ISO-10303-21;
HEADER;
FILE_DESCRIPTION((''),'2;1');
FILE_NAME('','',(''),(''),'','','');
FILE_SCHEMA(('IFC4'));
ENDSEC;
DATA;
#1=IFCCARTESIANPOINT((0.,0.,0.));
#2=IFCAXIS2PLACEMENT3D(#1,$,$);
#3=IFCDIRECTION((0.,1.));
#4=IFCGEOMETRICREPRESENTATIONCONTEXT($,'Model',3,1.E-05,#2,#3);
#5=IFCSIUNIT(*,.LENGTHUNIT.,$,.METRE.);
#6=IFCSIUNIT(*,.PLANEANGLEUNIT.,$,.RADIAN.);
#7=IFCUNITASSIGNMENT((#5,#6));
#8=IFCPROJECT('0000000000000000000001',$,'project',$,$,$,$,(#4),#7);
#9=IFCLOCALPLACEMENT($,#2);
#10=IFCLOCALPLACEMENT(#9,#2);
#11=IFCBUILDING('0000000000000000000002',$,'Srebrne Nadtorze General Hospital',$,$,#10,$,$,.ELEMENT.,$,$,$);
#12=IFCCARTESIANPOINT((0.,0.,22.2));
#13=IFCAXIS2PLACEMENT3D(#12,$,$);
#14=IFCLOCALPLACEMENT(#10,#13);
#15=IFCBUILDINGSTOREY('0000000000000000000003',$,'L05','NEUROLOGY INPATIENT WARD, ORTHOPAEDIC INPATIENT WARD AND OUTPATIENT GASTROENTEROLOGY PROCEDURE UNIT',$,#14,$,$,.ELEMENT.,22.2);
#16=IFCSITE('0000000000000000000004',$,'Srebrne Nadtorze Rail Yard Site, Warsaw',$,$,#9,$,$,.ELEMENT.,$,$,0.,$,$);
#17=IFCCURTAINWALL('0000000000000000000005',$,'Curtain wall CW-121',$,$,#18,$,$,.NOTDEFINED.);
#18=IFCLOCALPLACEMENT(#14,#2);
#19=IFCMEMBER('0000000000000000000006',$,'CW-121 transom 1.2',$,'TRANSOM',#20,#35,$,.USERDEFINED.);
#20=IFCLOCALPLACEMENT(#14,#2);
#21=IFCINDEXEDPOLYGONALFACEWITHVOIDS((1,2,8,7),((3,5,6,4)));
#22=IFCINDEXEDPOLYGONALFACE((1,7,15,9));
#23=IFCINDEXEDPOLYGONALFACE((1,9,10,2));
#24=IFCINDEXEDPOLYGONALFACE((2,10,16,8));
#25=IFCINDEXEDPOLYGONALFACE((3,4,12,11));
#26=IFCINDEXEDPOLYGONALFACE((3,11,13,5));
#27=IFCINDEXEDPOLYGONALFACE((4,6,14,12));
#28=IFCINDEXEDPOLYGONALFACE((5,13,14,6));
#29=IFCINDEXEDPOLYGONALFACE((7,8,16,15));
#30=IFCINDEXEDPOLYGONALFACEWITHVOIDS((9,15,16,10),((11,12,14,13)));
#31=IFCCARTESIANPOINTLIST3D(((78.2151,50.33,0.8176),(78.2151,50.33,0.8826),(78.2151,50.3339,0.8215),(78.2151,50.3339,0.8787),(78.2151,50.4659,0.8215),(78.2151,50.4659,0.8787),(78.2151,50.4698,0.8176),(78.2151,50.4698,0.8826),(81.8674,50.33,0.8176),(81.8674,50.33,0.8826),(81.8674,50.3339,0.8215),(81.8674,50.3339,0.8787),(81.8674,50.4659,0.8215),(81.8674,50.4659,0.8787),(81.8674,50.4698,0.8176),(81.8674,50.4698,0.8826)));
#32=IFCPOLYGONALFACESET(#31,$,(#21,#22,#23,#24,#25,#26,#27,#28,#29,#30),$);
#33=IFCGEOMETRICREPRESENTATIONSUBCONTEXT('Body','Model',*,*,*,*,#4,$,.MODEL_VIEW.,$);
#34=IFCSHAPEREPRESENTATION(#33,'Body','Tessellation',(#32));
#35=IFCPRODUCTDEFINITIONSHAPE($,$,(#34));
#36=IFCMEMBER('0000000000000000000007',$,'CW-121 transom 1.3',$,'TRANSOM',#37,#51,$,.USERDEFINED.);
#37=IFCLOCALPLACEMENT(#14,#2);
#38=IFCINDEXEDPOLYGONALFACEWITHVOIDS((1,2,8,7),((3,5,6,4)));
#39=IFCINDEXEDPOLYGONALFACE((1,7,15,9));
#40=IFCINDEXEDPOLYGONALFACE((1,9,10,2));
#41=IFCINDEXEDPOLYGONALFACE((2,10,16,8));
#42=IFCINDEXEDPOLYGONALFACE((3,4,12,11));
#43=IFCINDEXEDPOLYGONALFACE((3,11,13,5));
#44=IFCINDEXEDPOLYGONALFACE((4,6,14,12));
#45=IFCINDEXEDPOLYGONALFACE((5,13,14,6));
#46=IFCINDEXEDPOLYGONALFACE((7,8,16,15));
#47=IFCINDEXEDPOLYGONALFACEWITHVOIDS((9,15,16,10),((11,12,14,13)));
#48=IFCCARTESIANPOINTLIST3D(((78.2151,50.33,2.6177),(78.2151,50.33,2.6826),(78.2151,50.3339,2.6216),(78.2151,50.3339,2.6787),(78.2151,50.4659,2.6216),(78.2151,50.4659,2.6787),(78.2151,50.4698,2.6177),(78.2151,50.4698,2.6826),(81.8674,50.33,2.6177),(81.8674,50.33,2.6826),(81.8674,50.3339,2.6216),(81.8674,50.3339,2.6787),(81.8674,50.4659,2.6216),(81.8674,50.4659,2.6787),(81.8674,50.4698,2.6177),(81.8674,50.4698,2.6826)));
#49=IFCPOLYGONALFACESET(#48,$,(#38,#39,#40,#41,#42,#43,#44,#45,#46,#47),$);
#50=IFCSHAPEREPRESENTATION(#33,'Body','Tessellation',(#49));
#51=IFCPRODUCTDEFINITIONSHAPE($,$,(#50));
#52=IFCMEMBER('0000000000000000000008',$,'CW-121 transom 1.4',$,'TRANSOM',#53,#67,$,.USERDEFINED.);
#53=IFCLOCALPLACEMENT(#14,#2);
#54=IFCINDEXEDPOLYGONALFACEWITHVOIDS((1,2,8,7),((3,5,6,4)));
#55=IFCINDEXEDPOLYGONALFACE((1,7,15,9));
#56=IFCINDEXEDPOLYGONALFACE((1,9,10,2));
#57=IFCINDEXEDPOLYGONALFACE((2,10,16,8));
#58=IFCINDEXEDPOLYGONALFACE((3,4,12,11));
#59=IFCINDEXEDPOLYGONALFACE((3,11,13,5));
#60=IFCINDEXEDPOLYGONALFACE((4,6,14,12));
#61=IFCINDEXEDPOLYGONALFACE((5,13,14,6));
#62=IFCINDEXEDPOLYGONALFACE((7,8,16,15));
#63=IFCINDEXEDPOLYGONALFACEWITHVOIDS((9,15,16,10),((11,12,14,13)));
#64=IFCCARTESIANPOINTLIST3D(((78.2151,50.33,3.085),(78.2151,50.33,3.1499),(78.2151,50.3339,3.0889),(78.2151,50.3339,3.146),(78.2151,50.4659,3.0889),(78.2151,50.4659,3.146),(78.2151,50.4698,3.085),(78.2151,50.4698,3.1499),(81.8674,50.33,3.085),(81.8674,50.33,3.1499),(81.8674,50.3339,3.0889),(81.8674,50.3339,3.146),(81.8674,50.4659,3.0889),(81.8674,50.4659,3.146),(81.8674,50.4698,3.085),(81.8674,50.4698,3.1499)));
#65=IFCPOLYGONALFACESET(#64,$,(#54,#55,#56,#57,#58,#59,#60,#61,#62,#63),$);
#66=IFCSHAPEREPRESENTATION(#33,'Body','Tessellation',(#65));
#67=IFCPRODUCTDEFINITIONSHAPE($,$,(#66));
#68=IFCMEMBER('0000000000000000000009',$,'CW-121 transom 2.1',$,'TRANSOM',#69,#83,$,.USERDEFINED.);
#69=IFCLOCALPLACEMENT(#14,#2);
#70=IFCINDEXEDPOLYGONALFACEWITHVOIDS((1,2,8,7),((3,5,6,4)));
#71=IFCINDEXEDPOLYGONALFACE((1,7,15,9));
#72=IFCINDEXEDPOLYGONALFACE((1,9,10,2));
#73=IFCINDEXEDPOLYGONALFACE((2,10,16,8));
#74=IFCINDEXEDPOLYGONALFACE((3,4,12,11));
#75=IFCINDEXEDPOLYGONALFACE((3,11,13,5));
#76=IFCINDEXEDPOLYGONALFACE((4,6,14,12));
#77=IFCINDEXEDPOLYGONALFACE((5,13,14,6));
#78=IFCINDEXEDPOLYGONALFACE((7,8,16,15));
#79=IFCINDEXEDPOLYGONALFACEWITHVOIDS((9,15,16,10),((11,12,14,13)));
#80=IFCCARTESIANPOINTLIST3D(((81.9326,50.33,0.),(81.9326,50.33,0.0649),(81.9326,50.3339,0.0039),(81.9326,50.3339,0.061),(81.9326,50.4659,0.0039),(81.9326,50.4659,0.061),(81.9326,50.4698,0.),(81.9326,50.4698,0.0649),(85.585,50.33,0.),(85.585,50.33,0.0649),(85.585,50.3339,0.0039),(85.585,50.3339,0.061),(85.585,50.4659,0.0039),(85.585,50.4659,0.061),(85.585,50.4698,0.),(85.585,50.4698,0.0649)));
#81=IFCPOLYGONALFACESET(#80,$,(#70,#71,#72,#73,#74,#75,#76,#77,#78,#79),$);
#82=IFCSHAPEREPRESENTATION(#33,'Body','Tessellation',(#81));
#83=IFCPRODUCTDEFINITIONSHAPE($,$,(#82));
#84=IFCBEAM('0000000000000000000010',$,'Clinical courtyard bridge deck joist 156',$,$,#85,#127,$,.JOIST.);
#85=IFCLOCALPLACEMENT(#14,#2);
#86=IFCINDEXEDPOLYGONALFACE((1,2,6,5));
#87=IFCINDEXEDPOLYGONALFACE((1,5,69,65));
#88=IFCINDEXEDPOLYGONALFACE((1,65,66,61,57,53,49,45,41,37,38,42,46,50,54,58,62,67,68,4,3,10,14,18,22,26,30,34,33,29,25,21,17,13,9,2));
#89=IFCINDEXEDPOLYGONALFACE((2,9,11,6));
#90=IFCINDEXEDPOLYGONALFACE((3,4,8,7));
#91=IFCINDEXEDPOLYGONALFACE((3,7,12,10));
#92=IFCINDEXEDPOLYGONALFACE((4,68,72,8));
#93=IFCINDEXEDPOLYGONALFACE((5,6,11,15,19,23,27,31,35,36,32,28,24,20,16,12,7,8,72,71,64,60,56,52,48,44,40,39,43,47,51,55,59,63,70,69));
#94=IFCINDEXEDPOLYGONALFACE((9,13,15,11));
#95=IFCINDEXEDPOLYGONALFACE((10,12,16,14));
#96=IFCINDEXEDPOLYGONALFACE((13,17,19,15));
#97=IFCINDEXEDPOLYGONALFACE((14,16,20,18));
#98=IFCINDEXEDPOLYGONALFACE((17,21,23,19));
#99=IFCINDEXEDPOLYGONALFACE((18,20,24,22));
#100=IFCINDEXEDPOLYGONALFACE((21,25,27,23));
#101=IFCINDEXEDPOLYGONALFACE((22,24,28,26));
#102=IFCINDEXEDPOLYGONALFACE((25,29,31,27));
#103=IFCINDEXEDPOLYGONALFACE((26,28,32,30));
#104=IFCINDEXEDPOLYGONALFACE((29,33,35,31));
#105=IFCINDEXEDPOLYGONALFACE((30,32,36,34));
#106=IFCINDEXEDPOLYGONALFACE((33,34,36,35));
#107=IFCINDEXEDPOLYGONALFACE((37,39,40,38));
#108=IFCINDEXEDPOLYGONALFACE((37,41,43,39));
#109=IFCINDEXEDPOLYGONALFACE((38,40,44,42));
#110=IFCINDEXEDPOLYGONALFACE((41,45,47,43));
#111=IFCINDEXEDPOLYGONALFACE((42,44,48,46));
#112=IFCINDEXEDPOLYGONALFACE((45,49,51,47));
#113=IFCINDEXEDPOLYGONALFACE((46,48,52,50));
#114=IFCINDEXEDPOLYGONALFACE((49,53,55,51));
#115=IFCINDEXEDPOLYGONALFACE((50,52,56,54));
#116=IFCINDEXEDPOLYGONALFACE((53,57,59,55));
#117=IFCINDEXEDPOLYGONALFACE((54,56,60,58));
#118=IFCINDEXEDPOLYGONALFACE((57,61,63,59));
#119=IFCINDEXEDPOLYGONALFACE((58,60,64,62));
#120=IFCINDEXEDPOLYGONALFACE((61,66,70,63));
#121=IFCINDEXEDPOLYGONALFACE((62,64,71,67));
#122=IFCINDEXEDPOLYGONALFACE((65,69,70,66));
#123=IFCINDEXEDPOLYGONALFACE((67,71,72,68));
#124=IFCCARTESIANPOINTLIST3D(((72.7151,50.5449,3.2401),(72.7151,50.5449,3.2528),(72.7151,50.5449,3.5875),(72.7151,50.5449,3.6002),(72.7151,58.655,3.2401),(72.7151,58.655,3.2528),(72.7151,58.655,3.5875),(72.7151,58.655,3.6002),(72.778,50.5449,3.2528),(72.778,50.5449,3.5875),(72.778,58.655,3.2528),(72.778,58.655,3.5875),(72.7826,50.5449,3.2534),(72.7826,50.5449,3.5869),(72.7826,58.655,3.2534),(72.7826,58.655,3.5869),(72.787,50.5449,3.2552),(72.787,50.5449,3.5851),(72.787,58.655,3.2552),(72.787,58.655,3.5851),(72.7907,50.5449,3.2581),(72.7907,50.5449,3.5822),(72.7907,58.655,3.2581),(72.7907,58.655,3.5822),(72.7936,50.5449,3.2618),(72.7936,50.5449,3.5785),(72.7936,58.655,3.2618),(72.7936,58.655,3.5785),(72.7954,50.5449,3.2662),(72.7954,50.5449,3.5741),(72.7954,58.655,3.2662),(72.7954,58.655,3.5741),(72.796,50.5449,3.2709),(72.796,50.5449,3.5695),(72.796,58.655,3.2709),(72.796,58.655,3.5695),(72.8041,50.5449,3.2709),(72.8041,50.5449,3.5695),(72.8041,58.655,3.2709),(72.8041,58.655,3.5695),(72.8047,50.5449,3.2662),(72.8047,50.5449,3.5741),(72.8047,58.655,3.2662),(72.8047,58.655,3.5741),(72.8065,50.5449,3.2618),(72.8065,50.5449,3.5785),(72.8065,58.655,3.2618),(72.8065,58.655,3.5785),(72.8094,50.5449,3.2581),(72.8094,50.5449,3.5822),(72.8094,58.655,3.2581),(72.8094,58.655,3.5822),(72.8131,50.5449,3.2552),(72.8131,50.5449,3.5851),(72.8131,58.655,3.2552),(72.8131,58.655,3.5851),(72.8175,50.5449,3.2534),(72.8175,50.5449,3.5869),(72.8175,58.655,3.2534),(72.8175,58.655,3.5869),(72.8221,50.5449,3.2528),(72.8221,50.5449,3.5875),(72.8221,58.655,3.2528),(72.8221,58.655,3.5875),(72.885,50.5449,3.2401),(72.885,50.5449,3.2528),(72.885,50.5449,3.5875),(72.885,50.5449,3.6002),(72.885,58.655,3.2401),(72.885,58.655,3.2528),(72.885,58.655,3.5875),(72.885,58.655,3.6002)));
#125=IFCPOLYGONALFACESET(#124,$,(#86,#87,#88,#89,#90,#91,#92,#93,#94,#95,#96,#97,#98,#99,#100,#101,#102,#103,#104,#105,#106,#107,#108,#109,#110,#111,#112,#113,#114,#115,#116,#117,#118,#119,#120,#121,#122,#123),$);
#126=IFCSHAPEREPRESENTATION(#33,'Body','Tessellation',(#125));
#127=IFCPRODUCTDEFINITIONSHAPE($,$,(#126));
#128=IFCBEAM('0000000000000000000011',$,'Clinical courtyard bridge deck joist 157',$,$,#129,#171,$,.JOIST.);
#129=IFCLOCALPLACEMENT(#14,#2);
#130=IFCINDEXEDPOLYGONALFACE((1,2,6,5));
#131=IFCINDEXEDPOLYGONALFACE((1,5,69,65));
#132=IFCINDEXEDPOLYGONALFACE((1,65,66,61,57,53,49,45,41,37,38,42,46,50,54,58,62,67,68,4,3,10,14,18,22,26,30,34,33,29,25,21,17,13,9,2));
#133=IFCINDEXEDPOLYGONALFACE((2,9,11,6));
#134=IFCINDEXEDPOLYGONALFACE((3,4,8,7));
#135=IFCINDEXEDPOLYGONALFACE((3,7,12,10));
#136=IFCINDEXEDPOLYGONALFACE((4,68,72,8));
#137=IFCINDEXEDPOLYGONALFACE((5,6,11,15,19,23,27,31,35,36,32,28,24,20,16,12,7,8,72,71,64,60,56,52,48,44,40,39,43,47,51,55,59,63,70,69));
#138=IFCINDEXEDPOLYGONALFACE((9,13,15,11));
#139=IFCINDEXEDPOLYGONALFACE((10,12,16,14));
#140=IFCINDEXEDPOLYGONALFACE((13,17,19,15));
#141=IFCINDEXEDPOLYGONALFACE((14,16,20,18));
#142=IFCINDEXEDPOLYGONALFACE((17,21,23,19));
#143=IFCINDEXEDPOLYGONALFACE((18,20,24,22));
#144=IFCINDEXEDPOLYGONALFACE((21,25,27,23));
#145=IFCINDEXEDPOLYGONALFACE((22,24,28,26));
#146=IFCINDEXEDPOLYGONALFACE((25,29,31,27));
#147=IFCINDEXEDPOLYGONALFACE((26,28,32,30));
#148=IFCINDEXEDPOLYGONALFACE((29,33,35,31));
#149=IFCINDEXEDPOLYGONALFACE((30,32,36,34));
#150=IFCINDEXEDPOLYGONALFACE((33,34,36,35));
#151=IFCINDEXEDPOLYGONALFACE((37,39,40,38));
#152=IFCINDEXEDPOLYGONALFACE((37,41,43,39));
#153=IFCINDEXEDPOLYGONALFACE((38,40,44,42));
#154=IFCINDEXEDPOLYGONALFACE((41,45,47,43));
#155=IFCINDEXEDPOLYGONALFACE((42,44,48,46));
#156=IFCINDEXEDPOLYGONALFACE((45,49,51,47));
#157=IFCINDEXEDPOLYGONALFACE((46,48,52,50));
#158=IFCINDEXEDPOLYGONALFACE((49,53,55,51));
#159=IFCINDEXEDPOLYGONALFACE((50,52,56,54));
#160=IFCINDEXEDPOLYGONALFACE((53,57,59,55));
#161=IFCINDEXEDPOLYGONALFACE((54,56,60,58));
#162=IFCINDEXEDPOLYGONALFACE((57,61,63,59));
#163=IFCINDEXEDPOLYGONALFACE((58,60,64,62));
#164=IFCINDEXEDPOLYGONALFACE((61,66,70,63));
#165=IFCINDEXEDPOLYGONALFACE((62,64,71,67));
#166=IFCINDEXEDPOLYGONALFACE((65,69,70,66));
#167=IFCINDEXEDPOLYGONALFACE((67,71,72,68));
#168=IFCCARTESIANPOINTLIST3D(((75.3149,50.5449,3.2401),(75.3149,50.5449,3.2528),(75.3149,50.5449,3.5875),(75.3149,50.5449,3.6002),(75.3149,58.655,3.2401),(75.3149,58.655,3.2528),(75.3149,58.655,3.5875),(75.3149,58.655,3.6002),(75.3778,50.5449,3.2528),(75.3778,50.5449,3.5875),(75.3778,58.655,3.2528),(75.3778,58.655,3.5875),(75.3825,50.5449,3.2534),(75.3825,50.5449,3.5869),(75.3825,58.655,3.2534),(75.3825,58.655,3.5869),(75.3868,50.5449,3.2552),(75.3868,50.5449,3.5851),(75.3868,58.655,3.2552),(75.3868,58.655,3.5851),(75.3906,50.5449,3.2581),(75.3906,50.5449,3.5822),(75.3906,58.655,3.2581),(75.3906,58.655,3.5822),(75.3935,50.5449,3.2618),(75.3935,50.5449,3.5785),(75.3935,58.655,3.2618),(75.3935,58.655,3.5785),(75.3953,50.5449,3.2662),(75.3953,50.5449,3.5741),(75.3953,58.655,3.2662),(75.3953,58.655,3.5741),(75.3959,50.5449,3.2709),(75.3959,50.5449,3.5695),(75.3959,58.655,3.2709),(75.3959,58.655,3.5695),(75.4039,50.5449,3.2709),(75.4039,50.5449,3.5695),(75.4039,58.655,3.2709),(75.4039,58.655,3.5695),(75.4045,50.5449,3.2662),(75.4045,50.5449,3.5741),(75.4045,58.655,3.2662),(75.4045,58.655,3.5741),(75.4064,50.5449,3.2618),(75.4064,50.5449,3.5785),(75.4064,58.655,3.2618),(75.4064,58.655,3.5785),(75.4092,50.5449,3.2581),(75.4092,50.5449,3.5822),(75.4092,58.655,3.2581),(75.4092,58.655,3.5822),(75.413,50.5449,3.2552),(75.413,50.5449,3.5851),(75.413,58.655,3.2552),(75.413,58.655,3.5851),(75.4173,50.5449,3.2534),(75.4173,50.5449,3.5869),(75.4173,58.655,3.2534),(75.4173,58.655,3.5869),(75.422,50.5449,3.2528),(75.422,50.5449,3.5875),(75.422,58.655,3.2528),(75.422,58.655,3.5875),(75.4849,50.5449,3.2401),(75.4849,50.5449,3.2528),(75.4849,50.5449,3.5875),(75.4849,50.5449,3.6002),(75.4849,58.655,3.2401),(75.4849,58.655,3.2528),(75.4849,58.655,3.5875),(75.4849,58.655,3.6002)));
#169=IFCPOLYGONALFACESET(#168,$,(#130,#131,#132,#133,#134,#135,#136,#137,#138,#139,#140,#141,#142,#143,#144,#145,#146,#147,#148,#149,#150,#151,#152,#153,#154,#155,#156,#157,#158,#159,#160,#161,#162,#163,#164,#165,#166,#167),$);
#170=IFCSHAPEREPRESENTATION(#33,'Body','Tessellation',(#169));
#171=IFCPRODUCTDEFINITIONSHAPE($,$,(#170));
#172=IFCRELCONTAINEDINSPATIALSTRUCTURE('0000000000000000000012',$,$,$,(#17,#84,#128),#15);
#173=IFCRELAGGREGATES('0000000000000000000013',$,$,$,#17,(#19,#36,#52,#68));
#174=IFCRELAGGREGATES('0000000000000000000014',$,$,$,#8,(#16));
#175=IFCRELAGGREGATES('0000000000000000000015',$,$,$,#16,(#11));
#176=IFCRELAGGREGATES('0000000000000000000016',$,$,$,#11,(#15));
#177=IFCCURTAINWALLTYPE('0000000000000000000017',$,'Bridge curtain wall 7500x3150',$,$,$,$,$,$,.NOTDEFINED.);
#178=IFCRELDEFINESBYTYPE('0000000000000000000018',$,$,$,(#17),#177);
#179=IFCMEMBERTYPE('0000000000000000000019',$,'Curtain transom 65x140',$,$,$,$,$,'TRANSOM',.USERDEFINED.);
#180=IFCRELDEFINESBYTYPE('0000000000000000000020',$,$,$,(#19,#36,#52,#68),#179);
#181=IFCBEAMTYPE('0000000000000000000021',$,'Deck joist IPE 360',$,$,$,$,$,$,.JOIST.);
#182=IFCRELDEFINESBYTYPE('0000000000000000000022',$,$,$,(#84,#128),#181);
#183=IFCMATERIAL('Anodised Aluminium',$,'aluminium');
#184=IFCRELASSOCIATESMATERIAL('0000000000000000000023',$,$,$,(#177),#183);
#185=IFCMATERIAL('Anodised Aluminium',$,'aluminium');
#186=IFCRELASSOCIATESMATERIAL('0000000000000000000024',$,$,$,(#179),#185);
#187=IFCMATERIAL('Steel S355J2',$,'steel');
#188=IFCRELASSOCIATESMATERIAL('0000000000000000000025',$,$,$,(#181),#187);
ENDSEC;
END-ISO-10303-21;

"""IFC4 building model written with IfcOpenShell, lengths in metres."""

from ifc_helpers import new_model, si_unit, direction, frame, origin, origin_2d, place, context, subcontext, project, spatial, hollow_rectangle, i_section, extrude, material, material_profile, profile_set, type_object, element, aggregate, save


model = new_model("IFC4")

# Units and contexts
model_context = context("Model", 3, precision=1e-05, world=origin(), true_north=direction((0.0, 1.0)))
body_context = subcontext(model_context, "Body", "Model", "MODEL_VIEW")
ifc_project = project(units=[si_unit("LENGTHUNIT", "METRE"), si_unit("PLANEANGLEUNIT", "RADIAN")], contexts=[model_context])

# Site, building, storey
site_placement = place(None, origin())
site = spatial("IfcSite", under=ifc_project, at=site_placement, Name="Srebrne Nadtorze Rail Yard Site, Warsaw", CompositionType="ELEMENT", RefElevation=0.0)
building_placement = place(site_placement, origin())
building = spatial("IfcBuilding", under=site, at=building_placement, Name="Srebrne Nadtorze General Hospital", CompositionType="ELEMENT")
storey_placement = place(building_placement, frame((0.0, 0.0, 22.2)))
storey = spatial("IfcBuildingStorey", under=building, at=storey_placement, Name="L05", Description="NEUROLOGY INPATIENT WARD, ORTHOPAEDIC INPATIENT WARD AND OUTPATIENT GASTROENTEROLOGY PROCEDURE UNIT", CompositionType="ELEMENT", Elevation=22.2)

# Shared definitions
ifc_material_1 = material(Name="Anodised Aluminium", Category="aluminium")
curtain_wall_type = type_object("IfcCurtainWallType", Name="Bridge curtain wall 7500x3150", PredefinedType="NOTDEFINED", material=ifc_material_1)

# Curtain wall
curtain_wall_1_placement = place(storey_placement, origin())
curtain_wall_1 = element("IfcCurtainWall", 1, at=curtain_wall_1_placement, inside=storey, type_object=curtain_wall_type, Name="Curtain wall CW-121", PredefinedType="NOTDEFINED")

# Members
ifc_material_2 = material(Name="Anodised Aluminium", Category="aluminium")
ifc_material_profile_1 = material_profile(ifc_material_2, hollow_rectangle(XDim=0.0649, YDim=0.1399, WallThickness=0.0039, at=origin_2d()), Name="AL-TRN-65x140")
ifc_profile_set_1 = profile_set([ifc_material_profile_1], Name="Anodised Aluminium")
member_type_1 = type_object("IfcMemberType", Name="Curtain transom 65x140", ElementType="TRANSOM", PredefinedType="USERDEFINED", material=ifc_profile_set_1)
member_1_placement = place(storey_placement, frame((78.2151, 50.3999, 0.8501), z_axis=(1.0, 0.0, 0.0), x_axis=(0.0, 0.0, 1.0)))
member_1 = element("IfcMember", 2, at=member_1_placement, type_object=member_type_1, Name="CW-121 transom 1.2", ObjectType="TRANSOM", PredefinedType="USERDEFINED", context=body_context, shape_type="SweptSolid", body=[
    extrude(hollow_rectangle(XDim=0.0649, YDim=0.1399, WallThickness=0.0039, at=origin_2d()), origin(), (0.0, 0.0, 1.0), 3.6523),
])
member_2_placement = place(storey_placement, frame((78.2151, 50.3999, 2.6501), z_axis=(1.0, 0.0, 0.0), x_axis=(0.0, 0.0, 1.0)))
member_2 = element("IfcMember", 3, at=member_2_placement, type_object=member_type_1, Name="CW-121 transom 1.3", ObjectType="TRANSOM", PredefinedType="USERDEFINED", context=body_context, shape_type="SweptSolid", body=[
    extrude(hollow_rectangle(XDim=0.0649, YDim=0.1399, WallThickness=0.0039, at=origin_2d()), origin(), (0.0, 0.0, 1.0), 3.6523),
])
member_3_placement = place(storey_placement, frame((78.2151, 50.3999, 3.1174), z_axis=(1.0, 0.0, 0.0), x_axis=(0.0, 0.0, 1.0)))
member_3 = element("IfcMember", 4, at=member_3_placement, type_object=member_type_1, Name="CW-121 transom 1.4", ObjectType="TRANSOM", PredefinedType="USERDEFINED", context=body_context, shape_type="SweptSolid", body=[
    extrude(hollow_rectangle(XDim=0.0649, YDim=0.1399, WallThickness=0.0039, at=origin_2d()), origin(), (0.0, 0.0, 1.0), 3.6523),
])
member_4_placement = place(storey_placement, frame((81.9326, 50.3999, 0.0325), z_axis=(1.0, 0.0, 0.0), x_axis=(0.0, 0.0, 1.0)))
member_4 = element("IfcMember", 5, at=member_4_placement, type_object=member_type_1, Name="CW-121 transom 2.1", ObjectType="TRANSOM", PredefinedType="USERDEFINED", context=body_context, shape_type="SweptSolid", body=[
    extrude(hollow_rectangle(XDim=0.0649, YDim=0.1399, WallThickness=0.0039, at=origin_2d()), origin(), (0.0, 0.0, 1.0), 3.6523),
])

# Beams
ifc_material_3 = material(Name="Steel S355J2", Category="steel")
ifc_material_profile_2 = material_profile(ifc_material_3, i_section(OverallWidth=0.1699, OverallDepth=0.3601, WebThickness=0.0081, FlangeThickness=0.0127, FilletRadius=0.0181, at=origin_2d()), Name="IPE-360")
ifc_profile_set_2 = profile_set([ifc_material_profile_2], Name="Steel S355J2")
beam_type_1 = type_object("IfcBeamType", Name="Deck joist IPE 360", PredefinedType="JOIST", material=ifc_profile_set_2)
for number, where, z_axis, x_axis, name in (
    (6, (72.8, 50.5449, 3.4202), (0.0, 1.0, 0.0), (-1.0, 0.0, 0.0), "Clinical courtyard bridge deck joist 156"),
    (7, (75.3999, 50.5449, 3.4202), (0.0, 1.0, 0.0), (-1.0, 0.0, 0.0), "Clinical courtyard bridge deck joist 157"),
):
    element("IfcBeam", number, at=place(storey_placement, frame(where, z_axis=z_axis, x_axis=x_axis)), inside=storey, type_object=beam_type_1, Name=name, PredefinedType="JOIST", context=body_context, shape_type="SweptSolid", body=[
        extrude(i_section(OverallWidth=0.1699, OverallDepth=0.3601, WebThickness=0.0081, FlangeThickness=0.0127, FilletRadius=0.0181, at=origin_2d()), origin(), (0.0, 0.0, 1.0), 8.1101),
    ])

aggregate(curtain_wall_1, [member_1, member_2, member_3, member_4])

save(model, "model.ifc")
